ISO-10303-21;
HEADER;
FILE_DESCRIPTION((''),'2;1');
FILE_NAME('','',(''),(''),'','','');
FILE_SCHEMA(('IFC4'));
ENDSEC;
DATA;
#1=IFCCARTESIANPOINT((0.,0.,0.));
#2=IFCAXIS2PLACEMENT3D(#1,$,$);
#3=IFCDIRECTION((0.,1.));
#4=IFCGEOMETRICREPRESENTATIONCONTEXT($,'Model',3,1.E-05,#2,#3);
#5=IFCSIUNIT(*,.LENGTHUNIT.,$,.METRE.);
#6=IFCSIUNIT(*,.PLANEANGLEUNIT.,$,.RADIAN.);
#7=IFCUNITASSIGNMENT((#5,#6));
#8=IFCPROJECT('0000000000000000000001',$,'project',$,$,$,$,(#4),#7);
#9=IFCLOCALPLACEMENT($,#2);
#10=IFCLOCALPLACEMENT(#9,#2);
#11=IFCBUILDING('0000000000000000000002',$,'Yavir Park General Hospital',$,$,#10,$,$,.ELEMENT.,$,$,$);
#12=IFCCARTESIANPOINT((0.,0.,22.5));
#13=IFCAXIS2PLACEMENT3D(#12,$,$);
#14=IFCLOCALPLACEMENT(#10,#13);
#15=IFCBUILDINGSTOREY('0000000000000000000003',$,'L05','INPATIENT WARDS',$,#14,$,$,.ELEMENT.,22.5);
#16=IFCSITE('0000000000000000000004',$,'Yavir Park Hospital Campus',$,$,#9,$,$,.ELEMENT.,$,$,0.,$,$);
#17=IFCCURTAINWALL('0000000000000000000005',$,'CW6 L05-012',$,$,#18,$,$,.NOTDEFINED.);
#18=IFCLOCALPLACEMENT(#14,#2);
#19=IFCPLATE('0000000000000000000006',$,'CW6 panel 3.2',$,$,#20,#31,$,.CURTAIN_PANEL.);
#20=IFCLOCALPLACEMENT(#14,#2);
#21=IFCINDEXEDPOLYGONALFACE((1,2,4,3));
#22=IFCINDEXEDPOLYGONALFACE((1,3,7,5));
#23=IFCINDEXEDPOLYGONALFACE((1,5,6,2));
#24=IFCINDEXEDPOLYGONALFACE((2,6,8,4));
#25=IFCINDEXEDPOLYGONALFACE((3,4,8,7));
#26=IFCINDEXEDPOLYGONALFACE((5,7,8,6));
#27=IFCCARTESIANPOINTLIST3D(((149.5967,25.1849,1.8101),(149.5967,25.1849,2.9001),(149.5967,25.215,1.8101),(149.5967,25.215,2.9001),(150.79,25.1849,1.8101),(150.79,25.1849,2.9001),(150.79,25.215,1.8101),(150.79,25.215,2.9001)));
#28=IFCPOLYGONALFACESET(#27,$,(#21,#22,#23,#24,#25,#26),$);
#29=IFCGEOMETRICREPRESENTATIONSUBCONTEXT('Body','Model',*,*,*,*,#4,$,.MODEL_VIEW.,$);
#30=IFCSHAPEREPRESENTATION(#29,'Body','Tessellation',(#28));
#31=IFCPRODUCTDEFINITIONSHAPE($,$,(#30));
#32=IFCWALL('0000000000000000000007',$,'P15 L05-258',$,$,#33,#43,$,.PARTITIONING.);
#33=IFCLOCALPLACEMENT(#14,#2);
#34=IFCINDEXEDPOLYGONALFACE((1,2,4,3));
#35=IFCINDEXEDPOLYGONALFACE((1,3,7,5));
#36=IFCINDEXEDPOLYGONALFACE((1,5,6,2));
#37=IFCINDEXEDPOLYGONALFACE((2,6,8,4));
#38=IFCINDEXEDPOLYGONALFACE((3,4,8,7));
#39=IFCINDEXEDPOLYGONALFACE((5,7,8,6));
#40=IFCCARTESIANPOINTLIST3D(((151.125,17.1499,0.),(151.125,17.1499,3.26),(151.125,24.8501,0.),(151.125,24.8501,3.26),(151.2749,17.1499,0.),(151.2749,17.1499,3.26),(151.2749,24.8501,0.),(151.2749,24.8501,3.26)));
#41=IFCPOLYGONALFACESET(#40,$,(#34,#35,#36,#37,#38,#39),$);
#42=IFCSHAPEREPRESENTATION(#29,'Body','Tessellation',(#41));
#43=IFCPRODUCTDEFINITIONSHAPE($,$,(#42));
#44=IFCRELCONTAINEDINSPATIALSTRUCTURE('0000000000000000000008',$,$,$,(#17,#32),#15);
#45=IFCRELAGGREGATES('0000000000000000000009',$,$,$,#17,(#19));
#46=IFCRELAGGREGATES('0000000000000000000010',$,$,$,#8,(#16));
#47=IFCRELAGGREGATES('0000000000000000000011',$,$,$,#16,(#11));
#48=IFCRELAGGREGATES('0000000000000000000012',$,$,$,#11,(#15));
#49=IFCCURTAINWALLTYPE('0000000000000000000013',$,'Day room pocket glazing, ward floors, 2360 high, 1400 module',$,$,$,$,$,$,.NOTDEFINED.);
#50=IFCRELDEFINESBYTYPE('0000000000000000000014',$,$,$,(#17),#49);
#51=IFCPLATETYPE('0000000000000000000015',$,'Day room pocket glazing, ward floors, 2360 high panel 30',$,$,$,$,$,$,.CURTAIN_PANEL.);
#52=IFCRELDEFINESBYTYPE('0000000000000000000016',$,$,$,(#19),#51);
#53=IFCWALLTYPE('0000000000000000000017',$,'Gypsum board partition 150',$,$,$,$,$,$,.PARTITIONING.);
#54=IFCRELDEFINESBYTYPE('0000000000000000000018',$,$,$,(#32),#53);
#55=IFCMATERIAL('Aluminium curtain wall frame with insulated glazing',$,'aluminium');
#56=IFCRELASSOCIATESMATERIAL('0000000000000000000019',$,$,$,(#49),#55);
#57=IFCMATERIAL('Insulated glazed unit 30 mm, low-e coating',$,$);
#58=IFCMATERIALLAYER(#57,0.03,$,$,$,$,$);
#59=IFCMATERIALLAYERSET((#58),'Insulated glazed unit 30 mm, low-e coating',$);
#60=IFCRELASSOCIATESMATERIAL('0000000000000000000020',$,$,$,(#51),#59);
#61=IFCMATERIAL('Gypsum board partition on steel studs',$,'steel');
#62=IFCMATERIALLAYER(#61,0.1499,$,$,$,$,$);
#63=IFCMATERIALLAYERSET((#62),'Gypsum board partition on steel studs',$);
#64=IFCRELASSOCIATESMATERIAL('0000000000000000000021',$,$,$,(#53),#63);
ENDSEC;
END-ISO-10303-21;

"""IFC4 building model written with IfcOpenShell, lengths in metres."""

from ifc_helpers import new_model, si_unit, direction, frame, frame_2d, origin, origin_2d, place, context, subcontext, project, spatial, rectangle, extrude, material, layer, layer_set, type_object, element, aggregate, save


model = new_model("IFC4")

# Units and contexts
model_context = context("Model", 3, precision=1e-05, world=origin(), true_north=direction((0.0, 1.0)))
body_context = subcontext(model_context, "Body", "Model", "MODEL_VIEW")
ifc_project = project(units=[si_unit("LENGTHUNIT", "METRE"), si_unit("PLANEANGLEUNIT", "RADIAN")], contexts=[model_context])

# Site, building, storey
site_placement = place(None, origin())
site = spatial("IfcSite", under=ifc_project, at=site_placement, Name="Yavir Park Hospital Campus", CompositionType="ELEMENT", RefElevation=0.0)
building_placement = place(site_placement, origin())
building = spatial("IfcBuilding", under=site, at=building_placement, Name="Yavir Park General Hospital", CompositionType="ELEMENT")
storey_placement = place(building_placement, frame((0.0, 0.0, 22.5)))
storey = spatial("IfcBuildingStorey", under=building, at=storey_placement, Name="L05", Description="INPATIENT WARDS", CompositionType="ELEMENT", Elevation=22.5)

# Curtain wall, plate
ifc_material_1 = material(Name="Aluminium curtain wall frame with insulated glazing", Category="aluminium")
curtain_wall_type = type_object("IfcCurtainWallType", Name="Day room pocket glazing, ward floors, 2360 high, 1400 module", PredefinedType="NOTDEFINED", material=ifc_material_1)
curtain_wall_placement = place(storey_placement, origin())
curtain_wall = element("IfcCurtainWall", 1, at=curtain_wall_placement, inside=storey, type_object=curtain_wall_type, Name="CW6 L05-012", PredefinedType="NOTDEFINED")
ifc_material_2 = material(Name="Insulated glazed unit 30 mm, low-e coating")
ifc_layer_1 = layer(ifc_material_2, 0.03)
ifc_layer_set_1 = layer_set([ifc_layer_1], Name="Insulated glazed unit 30 mm, low-e coating")
plate_type = type_object("IfcPlateType", Name="Day room pocket glazing, ward floors, 2360 high panel 30", PredefinedType="CURTAIN_PANEL", material=ifc_layer_set_1)
plate_1_placement = place(storey_placement, frame((150.1934, 25.2, 1.8101), z_axis=(0.0, 0.0, 1.0), x_axis=(1.0, 0.0, 0.0)))
plate_1 = element("IfcPlate", 2, at=plate_1_placement, type_object=plate_type, Name="CW6 panel 3.2", PredefinedType="CURTAIN_PANEL", context=body_context, shape_type="SweptSolid", body=[
    extrude(rectangle(XDim=1.1934, YDim=0.03, at=origin_2d()), origin(), (0.0, 0.0, 1.0), 1.0901),
])
aggregate(curtain_wall, [plate_1])

# Wall
ifc_material_3 = material(Name="Gypsum board partition on steel studs", Category="steel")
ifc_layer_2 = layer(ifc_material_3, 0.1499)
ifc_layer_set_2 = layer_set([ifc_layer_2], Name="Gypsum board partition on steel studs")
wall_type = type_object("IfcWallType", Name="Gypsum board partition 150", PredefinedType="PARTITIONING", material=ifc_layer_set_2)
wall_placement = place(storey_placement, frame((151.2, 17.1499, 0.0), z_axis=(0.0, 0.0, 1.0), x_axis=(0.0, 1.0, 0.0)))
element("IfcWall", 3, at=wall_placement, inside=storey, type_object=wall_type, Name="P15 L05-258", PredefinedType="PARTITIONING", context=body_context, shape_type="SweptSolid", body=[
    extrude(rectangle(XDim=7.7002, YDim=0.1499, at=frame_2d((3.8501, 0.0))), origin(), (0.0, 0.0, 1.0), 3.26),
])

save(model, "model.ifc")
